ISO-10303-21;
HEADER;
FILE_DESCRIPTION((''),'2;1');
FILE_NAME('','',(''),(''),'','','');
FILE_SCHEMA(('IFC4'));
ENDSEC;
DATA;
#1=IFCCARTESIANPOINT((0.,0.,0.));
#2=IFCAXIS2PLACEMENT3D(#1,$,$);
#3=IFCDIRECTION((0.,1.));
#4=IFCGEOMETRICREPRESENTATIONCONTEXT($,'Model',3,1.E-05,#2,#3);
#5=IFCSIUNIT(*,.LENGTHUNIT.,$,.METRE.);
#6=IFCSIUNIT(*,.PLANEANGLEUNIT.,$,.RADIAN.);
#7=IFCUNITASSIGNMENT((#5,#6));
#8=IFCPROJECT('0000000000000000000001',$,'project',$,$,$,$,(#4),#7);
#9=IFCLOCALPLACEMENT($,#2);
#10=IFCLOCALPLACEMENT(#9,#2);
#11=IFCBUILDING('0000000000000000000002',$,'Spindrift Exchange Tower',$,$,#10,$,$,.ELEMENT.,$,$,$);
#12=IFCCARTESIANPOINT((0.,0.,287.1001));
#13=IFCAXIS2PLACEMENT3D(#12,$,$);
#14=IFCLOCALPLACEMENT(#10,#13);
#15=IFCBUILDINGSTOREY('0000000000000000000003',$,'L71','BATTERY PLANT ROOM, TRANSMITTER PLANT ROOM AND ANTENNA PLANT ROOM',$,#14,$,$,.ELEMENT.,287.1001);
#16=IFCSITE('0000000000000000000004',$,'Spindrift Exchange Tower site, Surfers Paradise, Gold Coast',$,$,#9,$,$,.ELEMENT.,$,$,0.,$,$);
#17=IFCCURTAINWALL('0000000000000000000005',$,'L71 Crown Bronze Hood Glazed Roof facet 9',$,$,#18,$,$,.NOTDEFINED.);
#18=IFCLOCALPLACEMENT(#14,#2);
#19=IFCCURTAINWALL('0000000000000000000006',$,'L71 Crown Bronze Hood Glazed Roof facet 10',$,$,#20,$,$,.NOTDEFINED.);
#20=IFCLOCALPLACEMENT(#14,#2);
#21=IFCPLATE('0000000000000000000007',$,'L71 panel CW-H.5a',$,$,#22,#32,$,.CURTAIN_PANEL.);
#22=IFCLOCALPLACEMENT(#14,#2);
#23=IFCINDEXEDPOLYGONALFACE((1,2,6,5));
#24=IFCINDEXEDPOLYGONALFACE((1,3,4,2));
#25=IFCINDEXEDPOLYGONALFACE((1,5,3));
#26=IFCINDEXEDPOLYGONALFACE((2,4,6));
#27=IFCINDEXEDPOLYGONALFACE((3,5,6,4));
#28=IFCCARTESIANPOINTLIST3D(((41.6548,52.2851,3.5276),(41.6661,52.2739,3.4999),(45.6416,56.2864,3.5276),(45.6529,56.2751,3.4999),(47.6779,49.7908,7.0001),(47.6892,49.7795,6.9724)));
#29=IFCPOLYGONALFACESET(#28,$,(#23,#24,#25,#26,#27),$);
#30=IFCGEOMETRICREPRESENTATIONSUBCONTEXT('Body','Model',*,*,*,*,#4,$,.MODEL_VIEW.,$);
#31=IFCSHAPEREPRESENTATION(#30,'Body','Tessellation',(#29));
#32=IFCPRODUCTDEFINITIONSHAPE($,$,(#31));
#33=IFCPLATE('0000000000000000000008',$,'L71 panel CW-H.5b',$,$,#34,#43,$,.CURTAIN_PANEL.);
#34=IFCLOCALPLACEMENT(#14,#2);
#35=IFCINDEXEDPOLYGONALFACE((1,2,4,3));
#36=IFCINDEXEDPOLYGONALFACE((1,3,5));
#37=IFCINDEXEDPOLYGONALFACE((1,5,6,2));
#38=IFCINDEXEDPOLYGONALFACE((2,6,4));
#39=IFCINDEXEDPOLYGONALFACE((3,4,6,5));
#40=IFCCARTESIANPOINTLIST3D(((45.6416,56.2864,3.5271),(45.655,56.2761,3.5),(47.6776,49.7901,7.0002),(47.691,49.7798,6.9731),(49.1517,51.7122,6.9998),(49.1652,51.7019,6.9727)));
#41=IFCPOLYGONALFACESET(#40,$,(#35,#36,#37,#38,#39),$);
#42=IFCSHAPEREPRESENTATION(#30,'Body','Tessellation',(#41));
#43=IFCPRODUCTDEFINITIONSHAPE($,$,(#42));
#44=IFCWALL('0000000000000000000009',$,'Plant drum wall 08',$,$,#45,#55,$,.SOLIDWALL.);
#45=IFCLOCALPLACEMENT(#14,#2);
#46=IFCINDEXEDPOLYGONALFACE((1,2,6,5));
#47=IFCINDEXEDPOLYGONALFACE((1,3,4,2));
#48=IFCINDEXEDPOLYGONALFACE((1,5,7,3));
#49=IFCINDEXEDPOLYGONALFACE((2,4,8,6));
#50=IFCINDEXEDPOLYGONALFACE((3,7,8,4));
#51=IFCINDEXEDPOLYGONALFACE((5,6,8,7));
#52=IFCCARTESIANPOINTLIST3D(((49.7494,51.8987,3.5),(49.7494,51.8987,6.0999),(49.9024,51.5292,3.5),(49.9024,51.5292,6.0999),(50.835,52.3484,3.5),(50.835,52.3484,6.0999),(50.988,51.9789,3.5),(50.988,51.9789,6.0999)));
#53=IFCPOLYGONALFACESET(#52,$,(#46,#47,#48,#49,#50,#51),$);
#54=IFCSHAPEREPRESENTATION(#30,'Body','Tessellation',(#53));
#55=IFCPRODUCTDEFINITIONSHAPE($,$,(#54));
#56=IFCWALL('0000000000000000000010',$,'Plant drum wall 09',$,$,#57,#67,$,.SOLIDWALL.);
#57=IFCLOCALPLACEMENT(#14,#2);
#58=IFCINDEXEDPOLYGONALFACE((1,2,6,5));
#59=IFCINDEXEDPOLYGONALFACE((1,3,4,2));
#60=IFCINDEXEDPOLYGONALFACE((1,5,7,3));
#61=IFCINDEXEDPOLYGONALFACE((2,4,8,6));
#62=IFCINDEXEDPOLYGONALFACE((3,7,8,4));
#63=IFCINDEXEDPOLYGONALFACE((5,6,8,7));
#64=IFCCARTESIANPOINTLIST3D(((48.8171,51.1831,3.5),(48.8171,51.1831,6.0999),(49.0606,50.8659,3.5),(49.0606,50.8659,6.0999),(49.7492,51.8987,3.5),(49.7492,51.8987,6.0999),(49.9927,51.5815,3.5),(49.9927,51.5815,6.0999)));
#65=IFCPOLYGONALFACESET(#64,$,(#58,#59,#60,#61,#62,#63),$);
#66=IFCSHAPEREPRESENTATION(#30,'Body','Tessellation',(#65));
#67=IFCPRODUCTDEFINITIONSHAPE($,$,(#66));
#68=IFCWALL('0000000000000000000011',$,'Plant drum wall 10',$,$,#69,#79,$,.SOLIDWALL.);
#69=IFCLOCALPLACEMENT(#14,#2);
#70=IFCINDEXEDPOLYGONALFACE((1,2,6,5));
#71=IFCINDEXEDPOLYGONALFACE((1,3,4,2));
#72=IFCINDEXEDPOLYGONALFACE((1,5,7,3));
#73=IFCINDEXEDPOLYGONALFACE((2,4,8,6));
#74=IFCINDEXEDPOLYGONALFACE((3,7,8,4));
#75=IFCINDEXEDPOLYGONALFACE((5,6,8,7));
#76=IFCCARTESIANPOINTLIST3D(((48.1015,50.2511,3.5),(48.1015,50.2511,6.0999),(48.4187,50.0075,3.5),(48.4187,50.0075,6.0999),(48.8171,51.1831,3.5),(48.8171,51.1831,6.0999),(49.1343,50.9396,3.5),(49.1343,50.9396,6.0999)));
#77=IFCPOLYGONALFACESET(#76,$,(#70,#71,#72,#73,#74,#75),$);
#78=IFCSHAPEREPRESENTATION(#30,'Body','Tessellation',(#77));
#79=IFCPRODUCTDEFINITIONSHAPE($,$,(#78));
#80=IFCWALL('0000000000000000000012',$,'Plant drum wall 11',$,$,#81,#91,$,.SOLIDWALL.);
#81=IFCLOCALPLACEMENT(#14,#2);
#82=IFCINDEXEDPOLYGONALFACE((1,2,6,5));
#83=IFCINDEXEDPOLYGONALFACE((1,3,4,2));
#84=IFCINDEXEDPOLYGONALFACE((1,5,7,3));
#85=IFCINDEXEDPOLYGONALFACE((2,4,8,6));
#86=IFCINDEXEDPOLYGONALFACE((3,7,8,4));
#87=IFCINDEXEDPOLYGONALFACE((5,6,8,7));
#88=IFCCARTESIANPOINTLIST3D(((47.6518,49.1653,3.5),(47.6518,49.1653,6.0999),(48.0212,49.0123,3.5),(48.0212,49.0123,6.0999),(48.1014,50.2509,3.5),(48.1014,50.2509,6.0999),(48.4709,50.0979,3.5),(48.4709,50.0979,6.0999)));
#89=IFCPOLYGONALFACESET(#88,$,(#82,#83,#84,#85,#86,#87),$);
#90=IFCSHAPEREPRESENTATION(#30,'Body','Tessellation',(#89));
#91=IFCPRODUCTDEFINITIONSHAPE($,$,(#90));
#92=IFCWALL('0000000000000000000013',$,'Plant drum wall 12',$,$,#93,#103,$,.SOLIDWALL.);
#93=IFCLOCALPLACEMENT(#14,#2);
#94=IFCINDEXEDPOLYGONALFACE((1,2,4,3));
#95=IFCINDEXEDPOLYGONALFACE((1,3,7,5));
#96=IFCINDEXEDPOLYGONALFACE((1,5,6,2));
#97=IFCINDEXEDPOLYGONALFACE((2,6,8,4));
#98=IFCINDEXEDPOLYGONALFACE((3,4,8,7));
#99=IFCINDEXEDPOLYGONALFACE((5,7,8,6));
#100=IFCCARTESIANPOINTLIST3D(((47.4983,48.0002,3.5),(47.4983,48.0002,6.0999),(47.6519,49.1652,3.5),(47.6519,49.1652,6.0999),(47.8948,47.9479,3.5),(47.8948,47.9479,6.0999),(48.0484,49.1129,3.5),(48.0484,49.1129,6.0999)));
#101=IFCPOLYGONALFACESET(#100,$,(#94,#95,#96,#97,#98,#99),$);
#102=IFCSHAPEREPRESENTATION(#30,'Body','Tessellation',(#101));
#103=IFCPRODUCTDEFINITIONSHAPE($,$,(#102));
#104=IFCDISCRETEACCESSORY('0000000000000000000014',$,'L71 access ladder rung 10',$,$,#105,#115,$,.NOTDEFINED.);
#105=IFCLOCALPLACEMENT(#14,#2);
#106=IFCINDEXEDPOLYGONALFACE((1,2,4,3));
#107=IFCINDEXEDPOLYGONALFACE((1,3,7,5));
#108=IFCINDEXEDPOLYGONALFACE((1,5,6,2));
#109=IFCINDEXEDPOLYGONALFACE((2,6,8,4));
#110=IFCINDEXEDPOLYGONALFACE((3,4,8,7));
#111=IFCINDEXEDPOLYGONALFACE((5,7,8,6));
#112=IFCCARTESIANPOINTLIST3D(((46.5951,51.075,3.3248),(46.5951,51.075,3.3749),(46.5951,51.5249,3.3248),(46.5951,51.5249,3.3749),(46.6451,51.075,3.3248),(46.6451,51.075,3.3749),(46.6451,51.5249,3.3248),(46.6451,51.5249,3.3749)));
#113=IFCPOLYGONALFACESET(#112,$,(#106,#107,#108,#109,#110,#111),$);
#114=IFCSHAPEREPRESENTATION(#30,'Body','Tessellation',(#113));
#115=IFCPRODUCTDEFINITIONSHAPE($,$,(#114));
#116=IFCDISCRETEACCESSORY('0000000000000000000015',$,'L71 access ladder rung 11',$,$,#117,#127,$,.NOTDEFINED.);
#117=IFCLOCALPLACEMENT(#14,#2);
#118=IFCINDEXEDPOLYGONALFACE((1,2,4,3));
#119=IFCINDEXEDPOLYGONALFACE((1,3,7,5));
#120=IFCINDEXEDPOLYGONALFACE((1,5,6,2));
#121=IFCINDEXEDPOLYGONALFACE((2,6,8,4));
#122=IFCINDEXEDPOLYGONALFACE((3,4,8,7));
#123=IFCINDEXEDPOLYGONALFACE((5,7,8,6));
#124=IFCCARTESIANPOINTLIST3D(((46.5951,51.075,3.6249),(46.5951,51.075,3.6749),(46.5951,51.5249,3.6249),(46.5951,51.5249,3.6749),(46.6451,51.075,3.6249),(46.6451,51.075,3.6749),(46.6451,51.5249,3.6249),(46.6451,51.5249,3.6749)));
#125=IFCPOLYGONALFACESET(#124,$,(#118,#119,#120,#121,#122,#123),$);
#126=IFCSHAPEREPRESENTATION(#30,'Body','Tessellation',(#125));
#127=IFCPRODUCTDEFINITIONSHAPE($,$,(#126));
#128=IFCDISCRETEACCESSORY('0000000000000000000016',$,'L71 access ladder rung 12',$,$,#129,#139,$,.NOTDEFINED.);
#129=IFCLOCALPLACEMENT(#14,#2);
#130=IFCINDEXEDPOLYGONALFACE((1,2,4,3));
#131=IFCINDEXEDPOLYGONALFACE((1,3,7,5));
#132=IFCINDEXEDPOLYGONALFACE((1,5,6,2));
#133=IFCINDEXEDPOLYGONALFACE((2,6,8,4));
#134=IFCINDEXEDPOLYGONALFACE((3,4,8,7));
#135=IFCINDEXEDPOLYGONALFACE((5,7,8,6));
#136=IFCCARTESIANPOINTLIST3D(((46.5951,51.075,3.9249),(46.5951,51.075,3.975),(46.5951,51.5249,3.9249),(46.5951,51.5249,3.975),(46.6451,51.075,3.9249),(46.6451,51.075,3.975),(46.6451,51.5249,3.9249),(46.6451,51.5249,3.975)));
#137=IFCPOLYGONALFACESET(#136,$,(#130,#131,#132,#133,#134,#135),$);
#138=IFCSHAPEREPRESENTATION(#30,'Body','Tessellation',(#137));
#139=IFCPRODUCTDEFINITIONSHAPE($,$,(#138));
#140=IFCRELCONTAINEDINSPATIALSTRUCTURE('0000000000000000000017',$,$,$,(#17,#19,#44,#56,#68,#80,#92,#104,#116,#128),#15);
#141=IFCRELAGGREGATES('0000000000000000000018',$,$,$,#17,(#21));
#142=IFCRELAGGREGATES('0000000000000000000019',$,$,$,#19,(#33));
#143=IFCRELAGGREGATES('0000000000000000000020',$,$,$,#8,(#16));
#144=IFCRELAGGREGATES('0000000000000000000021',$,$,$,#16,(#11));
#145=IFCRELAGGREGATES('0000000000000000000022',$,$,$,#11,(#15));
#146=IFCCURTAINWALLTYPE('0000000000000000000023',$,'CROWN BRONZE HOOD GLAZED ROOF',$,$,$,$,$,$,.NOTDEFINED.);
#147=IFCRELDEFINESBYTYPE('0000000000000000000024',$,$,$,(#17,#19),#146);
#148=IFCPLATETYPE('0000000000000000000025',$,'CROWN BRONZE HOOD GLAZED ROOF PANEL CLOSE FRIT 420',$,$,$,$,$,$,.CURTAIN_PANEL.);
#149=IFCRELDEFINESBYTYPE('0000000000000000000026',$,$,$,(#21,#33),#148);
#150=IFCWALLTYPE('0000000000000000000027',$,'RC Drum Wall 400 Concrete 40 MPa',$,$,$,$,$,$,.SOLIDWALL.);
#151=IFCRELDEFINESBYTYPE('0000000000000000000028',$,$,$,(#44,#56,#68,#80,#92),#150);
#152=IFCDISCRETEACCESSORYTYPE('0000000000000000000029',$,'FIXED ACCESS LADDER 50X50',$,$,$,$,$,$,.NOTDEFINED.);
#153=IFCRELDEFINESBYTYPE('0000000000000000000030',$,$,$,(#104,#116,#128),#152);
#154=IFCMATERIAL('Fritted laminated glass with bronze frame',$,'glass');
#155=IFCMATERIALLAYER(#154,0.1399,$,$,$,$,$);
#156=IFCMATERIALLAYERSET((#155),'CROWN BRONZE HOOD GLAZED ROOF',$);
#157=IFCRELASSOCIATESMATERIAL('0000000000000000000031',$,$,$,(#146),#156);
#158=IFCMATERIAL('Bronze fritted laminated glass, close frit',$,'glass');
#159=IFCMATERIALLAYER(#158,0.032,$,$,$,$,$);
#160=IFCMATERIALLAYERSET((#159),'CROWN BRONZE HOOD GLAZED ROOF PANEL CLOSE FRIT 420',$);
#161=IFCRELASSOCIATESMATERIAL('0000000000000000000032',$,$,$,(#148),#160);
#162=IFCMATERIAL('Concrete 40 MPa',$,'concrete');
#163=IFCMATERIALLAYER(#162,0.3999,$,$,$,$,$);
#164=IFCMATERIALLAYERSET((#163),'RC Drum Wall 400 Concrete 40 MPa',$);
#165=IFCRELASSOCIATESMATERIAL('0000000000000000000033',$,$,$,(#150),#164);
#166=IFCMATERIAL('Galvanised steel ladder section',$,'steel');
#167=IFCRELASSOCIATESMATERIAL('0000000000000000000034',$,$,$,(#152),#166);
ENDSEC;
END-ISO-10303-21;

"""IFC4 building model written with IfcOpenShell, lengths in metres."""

from ifc_helpers import new_model, si_unit, direction, frame, frame_2d, origin, origin_2d, place, context, subcontext, project, spatial, line, indexed_curve, rectangle, outline, extrude, source, transform, mapped, material, layer, layer_set, material_profile, profile_set, type_object, element, aggregate, save


model = new_model("IFC4")

# Units and contexts
model_context = context("Model", 3, precision=1e-05, world=origin(), true_north=direction((0.0, 1.0)))
body_context = subcontext(model_context, "Body", "Model", "MODEL_VIEW")
ifc_project = project(units=[si_unit("LENGTHUNIT", "METRE"), si_unit("PLANEANGLEUNIT", "RADIAN")], contexts=[model_context])

# Site, building, storey
site_placement = place(None, origin())
site = spatial("IfcSite", under=ifc_project, at=site_placement, Name="Spindrift Exchange Tower site, Surfers Paradise, Gold Coast", CompositionType="ELEMENT", RefElevation=0.0)
building_placement = place(site_placement, origin())
building = spatial("IfcBuilding", under=site, at=building_placement, Name="Spindrift Exchange Tower", CompositionType="ELEMENT")
storey_placement = place(building_placement, frame((0.0, 0.0, 287.1001)))
storey = spatial("IfcBuildingStorey", under=building, at=storey_placement, Name="L71", Description="BATTERY PLANT ROOM, TRANSMITTER PLANT ROOM AND ANTENNA PLANT ROOM", CompositionType="ELEMENT", Elevation=287.1001)

# Shared definitions
ifc_material_1 = material(Name="Fritted laminated glass with bronze frame", Category="glass")
ifc_layer_1 = layer(ifc_material_1, 0.1399)
ifc_layer_set_1 = layer_set([ifc_layer_1], Name="CROWN BRONZE HOOD GLAZED ROOF")
curtain_wall_type = type_object("IfcCurtainWallType", Name="CROWN BRONZE HOOD GLAZED ROOF", PredefinedType="NOTDEFINED", material=ifc_layer_set_1)

# Curtain walls
curtain_wall_1_placement = place(storey_placement, origin())
curtain_wall_1 = element("IfcCurtainWall", 1, at=curtain_wall_1_placement, inside=storey, type_object=curtain_wall_type, Name="L71 Crown Bronze Hood Glazed Roof facet 9", PredefinedType="NOTDEFINED")
curtain_wall_2_placement = place(storey_placement, origin())
curtain_wall_2 = element("IfcCurtainWall", 2, at=curtain_wall_2_placement, inside=storey, type_object=curtain_wall_type, Name="L71 Crown Bronze Hood Glazed Roof facet 10", PredefinedType="NOTDEFINED")

# Plates
ifc_material_2 = material(Name="Bronze fritted laminated glass, close frit", Category="glass")
ifc_layer_2 = layer(ifc_material_2, 0.032)
ifc_layer_set_2 = layer_set([ifc_layer_2], Name="CROWN BRONZE HOOD GLAZED ROOF PANEL CLOSE FRIT 420")
plate_type = type_object("IfcPlateType", Name="CROWN BRONZE HOOD GLAZED ROOF PANEL CLOSE FRIT 420", PredefinedType="CURTAIN_PANEL", material=ifc_layer_set_2)
plate_1_placement = place(storey_placement, frame((45.6416, 56.2864, 3.5276), z_axis=(-0.353628, 0.352355, 0.866484), x_axis=(-0.705831, -0.708381, 0.0)))
plate_1 = element("IfcPlate", 3, at=plate_1_placement, type_object=plate_type, Name="L71 panel CW-H.5a", PredefinedType="CURTAIN_PANEL", context=body_context, shape_type="SweptSolid", body=[
    extrude(outline(indexed_curve([(0.0, 0.0), (5.6484, 0.0), (3.1641, 6.9561)], segments=[line(1, 2, 3, 1)], self_intersect=False)), origin(), (0.0, 0.0, -1.0), 0.032),
])
aggregate(curtain_wall_1, [plate_1])
plate_2_placement = place(storey_placement, frame((45.6416, 56.2864, 3.5271), z_axis=(-0.419766, 0.322105, 0.848554), x_axis=(0.266404, -0.850007, 0.454442)))
plate_2 = element("IfcPlate", 4, at=plate_2_placement, type_object=plate_type, Name="L71 panel CW-H.5b", PredefinedType="CURTAIN_PANEL", context=body_context, shape_type="SweptSolid", body=[
    extrude(outline(indexed_curve([(0.0, 0.0), (7.6426, 0.0), (6.4014, 2.0801)], segments=[line(1, 2, 3, 1)], self_intersect=False)), origin(), (0.0, 0.0, -1.0), 0.032),
])
aggregate(curtain_wall_2, [plate_2])

# Walls
ifc_material_3 = material(Name="Concrete 40 MPa", Category="concrete")
ifc_layer_3 = layer(ifc_material_3, 0.3999)
ifc_layer_set_3 = layer_set([ifc_layer_3], Name="RC Drum Wall 400 Concrete 40 MPa")
wall_type = type_object("IfcWallType", Name="RC Drum Wall 400 Concrete 40 MPa", PredefinedType="SOLIDWALL", material=ifc_layer_set_3)
for number, where, z_axis, x_axis, name in (
    (5, (50.9114, 52.1636, 3.5), (0.0, 0.0, 1.0), (-0.92388, -0.382682, 0.0), "Plant drum wall 08"),
    (6, (49.8708, 51.74, 3.5), (0.0, 0.0, 1.0), (-0.793218, -0.608937, 0.0), "Plant drum wall 09"),
    (7, (48.9756, 51.0613, 3.5), (0.0, 0.0, 1.0), (-0.608937, -0.793218, 0.0), "Plant drum wall 10"),
    (8, (48.2861, 50.1743, 3.5), (0.0, 0.0, 1.0), (-0.382682, -0.92388, 0.0), "Plant drum wall 11"),
    (9, (47.8501, 49.1389, 3.5), (0.0, 0.0, 1.0), (-0.13068, -0.991425, 0.0), "Plant drum wall 12"),
):
    element("IfcWall", number, at=place(storey_placement, frame(where, z_axis=z_axis, x_axis=x_axis)), inside=storey, type_object=wall_type, Name=name, PredefinedType="SOLIDWALL", context=body_context, shape_type="SweptSolid", body=[
        extrude(rectangle(XDim=1.175, YDim=0.3999, at=frame_2d((0.5874, 0.0))), origin(), (0.0, 0.0, 1.0), 2.5999),
    ])

# Discrete accessories
ifc_material_4 = material(Name="Galvanised steel ladder section", Category="steel")
ifc_material_profile_1 = material_profile(ifc_material_4, rectangle(XDim=0.05, YDim=0.05, at=origin_2d()), Name="FIXED ACCESS LADDER 50X50")
ifc_profile_set_1 = profile_set([ifc_material_profile_1], Name="Galvanised steel ladder section")
discrete_accessory_type = type_object("IfcDiscreteAccessoryType", Name="FIXED ACCESS LADDER 50X50", PredefinedType="NOTDEFINED", material=ifc_profile_set_1)
shared_shape_1 = source(origin(), body_context, "Body", "SweptSolid", [
    extrude(rectangle(XDim=0.05, YDim=0.05, at=origin_2d()), origin(), (0.0, 0.0, 1.0), 0.45),
])
for number, where, z_axis, x_axis, name in (
    (10, (46.6201, 51.075, 3.3499), (0.0, 1.0, 0.0), (-1.0, 0.0, 0.0), "L71 access ladder rung 10"),
    (11, (46.6201, 51.075, 3.6499), (0.0, 1.0, 0.0), (-1.0, 0.0, 0.0), "L71 access ladder rung 11"),
    (12, (46.6201, 51.075, 3.95), (0.0, 1.0, 0.0), (-1.0, 0.0, 0.0), "L71 access ladder rung 12"),
):
    element("IfcDiscreteAccessory", number, at=place(storey_placement, frame(where, z_axis=z_axis, x_axis=x_axis)), inside=storey, type_object=discrete_accessory_type, Name=name, PredefinedType="NOTDEFINED", context=body_context, shape_type="MappedRepresentation", body=[
        mapped(shared_shape_1, transform((0.0, 0.0, 0.0), scale=1.0)),
    ])

save(model, "model.ifc")
